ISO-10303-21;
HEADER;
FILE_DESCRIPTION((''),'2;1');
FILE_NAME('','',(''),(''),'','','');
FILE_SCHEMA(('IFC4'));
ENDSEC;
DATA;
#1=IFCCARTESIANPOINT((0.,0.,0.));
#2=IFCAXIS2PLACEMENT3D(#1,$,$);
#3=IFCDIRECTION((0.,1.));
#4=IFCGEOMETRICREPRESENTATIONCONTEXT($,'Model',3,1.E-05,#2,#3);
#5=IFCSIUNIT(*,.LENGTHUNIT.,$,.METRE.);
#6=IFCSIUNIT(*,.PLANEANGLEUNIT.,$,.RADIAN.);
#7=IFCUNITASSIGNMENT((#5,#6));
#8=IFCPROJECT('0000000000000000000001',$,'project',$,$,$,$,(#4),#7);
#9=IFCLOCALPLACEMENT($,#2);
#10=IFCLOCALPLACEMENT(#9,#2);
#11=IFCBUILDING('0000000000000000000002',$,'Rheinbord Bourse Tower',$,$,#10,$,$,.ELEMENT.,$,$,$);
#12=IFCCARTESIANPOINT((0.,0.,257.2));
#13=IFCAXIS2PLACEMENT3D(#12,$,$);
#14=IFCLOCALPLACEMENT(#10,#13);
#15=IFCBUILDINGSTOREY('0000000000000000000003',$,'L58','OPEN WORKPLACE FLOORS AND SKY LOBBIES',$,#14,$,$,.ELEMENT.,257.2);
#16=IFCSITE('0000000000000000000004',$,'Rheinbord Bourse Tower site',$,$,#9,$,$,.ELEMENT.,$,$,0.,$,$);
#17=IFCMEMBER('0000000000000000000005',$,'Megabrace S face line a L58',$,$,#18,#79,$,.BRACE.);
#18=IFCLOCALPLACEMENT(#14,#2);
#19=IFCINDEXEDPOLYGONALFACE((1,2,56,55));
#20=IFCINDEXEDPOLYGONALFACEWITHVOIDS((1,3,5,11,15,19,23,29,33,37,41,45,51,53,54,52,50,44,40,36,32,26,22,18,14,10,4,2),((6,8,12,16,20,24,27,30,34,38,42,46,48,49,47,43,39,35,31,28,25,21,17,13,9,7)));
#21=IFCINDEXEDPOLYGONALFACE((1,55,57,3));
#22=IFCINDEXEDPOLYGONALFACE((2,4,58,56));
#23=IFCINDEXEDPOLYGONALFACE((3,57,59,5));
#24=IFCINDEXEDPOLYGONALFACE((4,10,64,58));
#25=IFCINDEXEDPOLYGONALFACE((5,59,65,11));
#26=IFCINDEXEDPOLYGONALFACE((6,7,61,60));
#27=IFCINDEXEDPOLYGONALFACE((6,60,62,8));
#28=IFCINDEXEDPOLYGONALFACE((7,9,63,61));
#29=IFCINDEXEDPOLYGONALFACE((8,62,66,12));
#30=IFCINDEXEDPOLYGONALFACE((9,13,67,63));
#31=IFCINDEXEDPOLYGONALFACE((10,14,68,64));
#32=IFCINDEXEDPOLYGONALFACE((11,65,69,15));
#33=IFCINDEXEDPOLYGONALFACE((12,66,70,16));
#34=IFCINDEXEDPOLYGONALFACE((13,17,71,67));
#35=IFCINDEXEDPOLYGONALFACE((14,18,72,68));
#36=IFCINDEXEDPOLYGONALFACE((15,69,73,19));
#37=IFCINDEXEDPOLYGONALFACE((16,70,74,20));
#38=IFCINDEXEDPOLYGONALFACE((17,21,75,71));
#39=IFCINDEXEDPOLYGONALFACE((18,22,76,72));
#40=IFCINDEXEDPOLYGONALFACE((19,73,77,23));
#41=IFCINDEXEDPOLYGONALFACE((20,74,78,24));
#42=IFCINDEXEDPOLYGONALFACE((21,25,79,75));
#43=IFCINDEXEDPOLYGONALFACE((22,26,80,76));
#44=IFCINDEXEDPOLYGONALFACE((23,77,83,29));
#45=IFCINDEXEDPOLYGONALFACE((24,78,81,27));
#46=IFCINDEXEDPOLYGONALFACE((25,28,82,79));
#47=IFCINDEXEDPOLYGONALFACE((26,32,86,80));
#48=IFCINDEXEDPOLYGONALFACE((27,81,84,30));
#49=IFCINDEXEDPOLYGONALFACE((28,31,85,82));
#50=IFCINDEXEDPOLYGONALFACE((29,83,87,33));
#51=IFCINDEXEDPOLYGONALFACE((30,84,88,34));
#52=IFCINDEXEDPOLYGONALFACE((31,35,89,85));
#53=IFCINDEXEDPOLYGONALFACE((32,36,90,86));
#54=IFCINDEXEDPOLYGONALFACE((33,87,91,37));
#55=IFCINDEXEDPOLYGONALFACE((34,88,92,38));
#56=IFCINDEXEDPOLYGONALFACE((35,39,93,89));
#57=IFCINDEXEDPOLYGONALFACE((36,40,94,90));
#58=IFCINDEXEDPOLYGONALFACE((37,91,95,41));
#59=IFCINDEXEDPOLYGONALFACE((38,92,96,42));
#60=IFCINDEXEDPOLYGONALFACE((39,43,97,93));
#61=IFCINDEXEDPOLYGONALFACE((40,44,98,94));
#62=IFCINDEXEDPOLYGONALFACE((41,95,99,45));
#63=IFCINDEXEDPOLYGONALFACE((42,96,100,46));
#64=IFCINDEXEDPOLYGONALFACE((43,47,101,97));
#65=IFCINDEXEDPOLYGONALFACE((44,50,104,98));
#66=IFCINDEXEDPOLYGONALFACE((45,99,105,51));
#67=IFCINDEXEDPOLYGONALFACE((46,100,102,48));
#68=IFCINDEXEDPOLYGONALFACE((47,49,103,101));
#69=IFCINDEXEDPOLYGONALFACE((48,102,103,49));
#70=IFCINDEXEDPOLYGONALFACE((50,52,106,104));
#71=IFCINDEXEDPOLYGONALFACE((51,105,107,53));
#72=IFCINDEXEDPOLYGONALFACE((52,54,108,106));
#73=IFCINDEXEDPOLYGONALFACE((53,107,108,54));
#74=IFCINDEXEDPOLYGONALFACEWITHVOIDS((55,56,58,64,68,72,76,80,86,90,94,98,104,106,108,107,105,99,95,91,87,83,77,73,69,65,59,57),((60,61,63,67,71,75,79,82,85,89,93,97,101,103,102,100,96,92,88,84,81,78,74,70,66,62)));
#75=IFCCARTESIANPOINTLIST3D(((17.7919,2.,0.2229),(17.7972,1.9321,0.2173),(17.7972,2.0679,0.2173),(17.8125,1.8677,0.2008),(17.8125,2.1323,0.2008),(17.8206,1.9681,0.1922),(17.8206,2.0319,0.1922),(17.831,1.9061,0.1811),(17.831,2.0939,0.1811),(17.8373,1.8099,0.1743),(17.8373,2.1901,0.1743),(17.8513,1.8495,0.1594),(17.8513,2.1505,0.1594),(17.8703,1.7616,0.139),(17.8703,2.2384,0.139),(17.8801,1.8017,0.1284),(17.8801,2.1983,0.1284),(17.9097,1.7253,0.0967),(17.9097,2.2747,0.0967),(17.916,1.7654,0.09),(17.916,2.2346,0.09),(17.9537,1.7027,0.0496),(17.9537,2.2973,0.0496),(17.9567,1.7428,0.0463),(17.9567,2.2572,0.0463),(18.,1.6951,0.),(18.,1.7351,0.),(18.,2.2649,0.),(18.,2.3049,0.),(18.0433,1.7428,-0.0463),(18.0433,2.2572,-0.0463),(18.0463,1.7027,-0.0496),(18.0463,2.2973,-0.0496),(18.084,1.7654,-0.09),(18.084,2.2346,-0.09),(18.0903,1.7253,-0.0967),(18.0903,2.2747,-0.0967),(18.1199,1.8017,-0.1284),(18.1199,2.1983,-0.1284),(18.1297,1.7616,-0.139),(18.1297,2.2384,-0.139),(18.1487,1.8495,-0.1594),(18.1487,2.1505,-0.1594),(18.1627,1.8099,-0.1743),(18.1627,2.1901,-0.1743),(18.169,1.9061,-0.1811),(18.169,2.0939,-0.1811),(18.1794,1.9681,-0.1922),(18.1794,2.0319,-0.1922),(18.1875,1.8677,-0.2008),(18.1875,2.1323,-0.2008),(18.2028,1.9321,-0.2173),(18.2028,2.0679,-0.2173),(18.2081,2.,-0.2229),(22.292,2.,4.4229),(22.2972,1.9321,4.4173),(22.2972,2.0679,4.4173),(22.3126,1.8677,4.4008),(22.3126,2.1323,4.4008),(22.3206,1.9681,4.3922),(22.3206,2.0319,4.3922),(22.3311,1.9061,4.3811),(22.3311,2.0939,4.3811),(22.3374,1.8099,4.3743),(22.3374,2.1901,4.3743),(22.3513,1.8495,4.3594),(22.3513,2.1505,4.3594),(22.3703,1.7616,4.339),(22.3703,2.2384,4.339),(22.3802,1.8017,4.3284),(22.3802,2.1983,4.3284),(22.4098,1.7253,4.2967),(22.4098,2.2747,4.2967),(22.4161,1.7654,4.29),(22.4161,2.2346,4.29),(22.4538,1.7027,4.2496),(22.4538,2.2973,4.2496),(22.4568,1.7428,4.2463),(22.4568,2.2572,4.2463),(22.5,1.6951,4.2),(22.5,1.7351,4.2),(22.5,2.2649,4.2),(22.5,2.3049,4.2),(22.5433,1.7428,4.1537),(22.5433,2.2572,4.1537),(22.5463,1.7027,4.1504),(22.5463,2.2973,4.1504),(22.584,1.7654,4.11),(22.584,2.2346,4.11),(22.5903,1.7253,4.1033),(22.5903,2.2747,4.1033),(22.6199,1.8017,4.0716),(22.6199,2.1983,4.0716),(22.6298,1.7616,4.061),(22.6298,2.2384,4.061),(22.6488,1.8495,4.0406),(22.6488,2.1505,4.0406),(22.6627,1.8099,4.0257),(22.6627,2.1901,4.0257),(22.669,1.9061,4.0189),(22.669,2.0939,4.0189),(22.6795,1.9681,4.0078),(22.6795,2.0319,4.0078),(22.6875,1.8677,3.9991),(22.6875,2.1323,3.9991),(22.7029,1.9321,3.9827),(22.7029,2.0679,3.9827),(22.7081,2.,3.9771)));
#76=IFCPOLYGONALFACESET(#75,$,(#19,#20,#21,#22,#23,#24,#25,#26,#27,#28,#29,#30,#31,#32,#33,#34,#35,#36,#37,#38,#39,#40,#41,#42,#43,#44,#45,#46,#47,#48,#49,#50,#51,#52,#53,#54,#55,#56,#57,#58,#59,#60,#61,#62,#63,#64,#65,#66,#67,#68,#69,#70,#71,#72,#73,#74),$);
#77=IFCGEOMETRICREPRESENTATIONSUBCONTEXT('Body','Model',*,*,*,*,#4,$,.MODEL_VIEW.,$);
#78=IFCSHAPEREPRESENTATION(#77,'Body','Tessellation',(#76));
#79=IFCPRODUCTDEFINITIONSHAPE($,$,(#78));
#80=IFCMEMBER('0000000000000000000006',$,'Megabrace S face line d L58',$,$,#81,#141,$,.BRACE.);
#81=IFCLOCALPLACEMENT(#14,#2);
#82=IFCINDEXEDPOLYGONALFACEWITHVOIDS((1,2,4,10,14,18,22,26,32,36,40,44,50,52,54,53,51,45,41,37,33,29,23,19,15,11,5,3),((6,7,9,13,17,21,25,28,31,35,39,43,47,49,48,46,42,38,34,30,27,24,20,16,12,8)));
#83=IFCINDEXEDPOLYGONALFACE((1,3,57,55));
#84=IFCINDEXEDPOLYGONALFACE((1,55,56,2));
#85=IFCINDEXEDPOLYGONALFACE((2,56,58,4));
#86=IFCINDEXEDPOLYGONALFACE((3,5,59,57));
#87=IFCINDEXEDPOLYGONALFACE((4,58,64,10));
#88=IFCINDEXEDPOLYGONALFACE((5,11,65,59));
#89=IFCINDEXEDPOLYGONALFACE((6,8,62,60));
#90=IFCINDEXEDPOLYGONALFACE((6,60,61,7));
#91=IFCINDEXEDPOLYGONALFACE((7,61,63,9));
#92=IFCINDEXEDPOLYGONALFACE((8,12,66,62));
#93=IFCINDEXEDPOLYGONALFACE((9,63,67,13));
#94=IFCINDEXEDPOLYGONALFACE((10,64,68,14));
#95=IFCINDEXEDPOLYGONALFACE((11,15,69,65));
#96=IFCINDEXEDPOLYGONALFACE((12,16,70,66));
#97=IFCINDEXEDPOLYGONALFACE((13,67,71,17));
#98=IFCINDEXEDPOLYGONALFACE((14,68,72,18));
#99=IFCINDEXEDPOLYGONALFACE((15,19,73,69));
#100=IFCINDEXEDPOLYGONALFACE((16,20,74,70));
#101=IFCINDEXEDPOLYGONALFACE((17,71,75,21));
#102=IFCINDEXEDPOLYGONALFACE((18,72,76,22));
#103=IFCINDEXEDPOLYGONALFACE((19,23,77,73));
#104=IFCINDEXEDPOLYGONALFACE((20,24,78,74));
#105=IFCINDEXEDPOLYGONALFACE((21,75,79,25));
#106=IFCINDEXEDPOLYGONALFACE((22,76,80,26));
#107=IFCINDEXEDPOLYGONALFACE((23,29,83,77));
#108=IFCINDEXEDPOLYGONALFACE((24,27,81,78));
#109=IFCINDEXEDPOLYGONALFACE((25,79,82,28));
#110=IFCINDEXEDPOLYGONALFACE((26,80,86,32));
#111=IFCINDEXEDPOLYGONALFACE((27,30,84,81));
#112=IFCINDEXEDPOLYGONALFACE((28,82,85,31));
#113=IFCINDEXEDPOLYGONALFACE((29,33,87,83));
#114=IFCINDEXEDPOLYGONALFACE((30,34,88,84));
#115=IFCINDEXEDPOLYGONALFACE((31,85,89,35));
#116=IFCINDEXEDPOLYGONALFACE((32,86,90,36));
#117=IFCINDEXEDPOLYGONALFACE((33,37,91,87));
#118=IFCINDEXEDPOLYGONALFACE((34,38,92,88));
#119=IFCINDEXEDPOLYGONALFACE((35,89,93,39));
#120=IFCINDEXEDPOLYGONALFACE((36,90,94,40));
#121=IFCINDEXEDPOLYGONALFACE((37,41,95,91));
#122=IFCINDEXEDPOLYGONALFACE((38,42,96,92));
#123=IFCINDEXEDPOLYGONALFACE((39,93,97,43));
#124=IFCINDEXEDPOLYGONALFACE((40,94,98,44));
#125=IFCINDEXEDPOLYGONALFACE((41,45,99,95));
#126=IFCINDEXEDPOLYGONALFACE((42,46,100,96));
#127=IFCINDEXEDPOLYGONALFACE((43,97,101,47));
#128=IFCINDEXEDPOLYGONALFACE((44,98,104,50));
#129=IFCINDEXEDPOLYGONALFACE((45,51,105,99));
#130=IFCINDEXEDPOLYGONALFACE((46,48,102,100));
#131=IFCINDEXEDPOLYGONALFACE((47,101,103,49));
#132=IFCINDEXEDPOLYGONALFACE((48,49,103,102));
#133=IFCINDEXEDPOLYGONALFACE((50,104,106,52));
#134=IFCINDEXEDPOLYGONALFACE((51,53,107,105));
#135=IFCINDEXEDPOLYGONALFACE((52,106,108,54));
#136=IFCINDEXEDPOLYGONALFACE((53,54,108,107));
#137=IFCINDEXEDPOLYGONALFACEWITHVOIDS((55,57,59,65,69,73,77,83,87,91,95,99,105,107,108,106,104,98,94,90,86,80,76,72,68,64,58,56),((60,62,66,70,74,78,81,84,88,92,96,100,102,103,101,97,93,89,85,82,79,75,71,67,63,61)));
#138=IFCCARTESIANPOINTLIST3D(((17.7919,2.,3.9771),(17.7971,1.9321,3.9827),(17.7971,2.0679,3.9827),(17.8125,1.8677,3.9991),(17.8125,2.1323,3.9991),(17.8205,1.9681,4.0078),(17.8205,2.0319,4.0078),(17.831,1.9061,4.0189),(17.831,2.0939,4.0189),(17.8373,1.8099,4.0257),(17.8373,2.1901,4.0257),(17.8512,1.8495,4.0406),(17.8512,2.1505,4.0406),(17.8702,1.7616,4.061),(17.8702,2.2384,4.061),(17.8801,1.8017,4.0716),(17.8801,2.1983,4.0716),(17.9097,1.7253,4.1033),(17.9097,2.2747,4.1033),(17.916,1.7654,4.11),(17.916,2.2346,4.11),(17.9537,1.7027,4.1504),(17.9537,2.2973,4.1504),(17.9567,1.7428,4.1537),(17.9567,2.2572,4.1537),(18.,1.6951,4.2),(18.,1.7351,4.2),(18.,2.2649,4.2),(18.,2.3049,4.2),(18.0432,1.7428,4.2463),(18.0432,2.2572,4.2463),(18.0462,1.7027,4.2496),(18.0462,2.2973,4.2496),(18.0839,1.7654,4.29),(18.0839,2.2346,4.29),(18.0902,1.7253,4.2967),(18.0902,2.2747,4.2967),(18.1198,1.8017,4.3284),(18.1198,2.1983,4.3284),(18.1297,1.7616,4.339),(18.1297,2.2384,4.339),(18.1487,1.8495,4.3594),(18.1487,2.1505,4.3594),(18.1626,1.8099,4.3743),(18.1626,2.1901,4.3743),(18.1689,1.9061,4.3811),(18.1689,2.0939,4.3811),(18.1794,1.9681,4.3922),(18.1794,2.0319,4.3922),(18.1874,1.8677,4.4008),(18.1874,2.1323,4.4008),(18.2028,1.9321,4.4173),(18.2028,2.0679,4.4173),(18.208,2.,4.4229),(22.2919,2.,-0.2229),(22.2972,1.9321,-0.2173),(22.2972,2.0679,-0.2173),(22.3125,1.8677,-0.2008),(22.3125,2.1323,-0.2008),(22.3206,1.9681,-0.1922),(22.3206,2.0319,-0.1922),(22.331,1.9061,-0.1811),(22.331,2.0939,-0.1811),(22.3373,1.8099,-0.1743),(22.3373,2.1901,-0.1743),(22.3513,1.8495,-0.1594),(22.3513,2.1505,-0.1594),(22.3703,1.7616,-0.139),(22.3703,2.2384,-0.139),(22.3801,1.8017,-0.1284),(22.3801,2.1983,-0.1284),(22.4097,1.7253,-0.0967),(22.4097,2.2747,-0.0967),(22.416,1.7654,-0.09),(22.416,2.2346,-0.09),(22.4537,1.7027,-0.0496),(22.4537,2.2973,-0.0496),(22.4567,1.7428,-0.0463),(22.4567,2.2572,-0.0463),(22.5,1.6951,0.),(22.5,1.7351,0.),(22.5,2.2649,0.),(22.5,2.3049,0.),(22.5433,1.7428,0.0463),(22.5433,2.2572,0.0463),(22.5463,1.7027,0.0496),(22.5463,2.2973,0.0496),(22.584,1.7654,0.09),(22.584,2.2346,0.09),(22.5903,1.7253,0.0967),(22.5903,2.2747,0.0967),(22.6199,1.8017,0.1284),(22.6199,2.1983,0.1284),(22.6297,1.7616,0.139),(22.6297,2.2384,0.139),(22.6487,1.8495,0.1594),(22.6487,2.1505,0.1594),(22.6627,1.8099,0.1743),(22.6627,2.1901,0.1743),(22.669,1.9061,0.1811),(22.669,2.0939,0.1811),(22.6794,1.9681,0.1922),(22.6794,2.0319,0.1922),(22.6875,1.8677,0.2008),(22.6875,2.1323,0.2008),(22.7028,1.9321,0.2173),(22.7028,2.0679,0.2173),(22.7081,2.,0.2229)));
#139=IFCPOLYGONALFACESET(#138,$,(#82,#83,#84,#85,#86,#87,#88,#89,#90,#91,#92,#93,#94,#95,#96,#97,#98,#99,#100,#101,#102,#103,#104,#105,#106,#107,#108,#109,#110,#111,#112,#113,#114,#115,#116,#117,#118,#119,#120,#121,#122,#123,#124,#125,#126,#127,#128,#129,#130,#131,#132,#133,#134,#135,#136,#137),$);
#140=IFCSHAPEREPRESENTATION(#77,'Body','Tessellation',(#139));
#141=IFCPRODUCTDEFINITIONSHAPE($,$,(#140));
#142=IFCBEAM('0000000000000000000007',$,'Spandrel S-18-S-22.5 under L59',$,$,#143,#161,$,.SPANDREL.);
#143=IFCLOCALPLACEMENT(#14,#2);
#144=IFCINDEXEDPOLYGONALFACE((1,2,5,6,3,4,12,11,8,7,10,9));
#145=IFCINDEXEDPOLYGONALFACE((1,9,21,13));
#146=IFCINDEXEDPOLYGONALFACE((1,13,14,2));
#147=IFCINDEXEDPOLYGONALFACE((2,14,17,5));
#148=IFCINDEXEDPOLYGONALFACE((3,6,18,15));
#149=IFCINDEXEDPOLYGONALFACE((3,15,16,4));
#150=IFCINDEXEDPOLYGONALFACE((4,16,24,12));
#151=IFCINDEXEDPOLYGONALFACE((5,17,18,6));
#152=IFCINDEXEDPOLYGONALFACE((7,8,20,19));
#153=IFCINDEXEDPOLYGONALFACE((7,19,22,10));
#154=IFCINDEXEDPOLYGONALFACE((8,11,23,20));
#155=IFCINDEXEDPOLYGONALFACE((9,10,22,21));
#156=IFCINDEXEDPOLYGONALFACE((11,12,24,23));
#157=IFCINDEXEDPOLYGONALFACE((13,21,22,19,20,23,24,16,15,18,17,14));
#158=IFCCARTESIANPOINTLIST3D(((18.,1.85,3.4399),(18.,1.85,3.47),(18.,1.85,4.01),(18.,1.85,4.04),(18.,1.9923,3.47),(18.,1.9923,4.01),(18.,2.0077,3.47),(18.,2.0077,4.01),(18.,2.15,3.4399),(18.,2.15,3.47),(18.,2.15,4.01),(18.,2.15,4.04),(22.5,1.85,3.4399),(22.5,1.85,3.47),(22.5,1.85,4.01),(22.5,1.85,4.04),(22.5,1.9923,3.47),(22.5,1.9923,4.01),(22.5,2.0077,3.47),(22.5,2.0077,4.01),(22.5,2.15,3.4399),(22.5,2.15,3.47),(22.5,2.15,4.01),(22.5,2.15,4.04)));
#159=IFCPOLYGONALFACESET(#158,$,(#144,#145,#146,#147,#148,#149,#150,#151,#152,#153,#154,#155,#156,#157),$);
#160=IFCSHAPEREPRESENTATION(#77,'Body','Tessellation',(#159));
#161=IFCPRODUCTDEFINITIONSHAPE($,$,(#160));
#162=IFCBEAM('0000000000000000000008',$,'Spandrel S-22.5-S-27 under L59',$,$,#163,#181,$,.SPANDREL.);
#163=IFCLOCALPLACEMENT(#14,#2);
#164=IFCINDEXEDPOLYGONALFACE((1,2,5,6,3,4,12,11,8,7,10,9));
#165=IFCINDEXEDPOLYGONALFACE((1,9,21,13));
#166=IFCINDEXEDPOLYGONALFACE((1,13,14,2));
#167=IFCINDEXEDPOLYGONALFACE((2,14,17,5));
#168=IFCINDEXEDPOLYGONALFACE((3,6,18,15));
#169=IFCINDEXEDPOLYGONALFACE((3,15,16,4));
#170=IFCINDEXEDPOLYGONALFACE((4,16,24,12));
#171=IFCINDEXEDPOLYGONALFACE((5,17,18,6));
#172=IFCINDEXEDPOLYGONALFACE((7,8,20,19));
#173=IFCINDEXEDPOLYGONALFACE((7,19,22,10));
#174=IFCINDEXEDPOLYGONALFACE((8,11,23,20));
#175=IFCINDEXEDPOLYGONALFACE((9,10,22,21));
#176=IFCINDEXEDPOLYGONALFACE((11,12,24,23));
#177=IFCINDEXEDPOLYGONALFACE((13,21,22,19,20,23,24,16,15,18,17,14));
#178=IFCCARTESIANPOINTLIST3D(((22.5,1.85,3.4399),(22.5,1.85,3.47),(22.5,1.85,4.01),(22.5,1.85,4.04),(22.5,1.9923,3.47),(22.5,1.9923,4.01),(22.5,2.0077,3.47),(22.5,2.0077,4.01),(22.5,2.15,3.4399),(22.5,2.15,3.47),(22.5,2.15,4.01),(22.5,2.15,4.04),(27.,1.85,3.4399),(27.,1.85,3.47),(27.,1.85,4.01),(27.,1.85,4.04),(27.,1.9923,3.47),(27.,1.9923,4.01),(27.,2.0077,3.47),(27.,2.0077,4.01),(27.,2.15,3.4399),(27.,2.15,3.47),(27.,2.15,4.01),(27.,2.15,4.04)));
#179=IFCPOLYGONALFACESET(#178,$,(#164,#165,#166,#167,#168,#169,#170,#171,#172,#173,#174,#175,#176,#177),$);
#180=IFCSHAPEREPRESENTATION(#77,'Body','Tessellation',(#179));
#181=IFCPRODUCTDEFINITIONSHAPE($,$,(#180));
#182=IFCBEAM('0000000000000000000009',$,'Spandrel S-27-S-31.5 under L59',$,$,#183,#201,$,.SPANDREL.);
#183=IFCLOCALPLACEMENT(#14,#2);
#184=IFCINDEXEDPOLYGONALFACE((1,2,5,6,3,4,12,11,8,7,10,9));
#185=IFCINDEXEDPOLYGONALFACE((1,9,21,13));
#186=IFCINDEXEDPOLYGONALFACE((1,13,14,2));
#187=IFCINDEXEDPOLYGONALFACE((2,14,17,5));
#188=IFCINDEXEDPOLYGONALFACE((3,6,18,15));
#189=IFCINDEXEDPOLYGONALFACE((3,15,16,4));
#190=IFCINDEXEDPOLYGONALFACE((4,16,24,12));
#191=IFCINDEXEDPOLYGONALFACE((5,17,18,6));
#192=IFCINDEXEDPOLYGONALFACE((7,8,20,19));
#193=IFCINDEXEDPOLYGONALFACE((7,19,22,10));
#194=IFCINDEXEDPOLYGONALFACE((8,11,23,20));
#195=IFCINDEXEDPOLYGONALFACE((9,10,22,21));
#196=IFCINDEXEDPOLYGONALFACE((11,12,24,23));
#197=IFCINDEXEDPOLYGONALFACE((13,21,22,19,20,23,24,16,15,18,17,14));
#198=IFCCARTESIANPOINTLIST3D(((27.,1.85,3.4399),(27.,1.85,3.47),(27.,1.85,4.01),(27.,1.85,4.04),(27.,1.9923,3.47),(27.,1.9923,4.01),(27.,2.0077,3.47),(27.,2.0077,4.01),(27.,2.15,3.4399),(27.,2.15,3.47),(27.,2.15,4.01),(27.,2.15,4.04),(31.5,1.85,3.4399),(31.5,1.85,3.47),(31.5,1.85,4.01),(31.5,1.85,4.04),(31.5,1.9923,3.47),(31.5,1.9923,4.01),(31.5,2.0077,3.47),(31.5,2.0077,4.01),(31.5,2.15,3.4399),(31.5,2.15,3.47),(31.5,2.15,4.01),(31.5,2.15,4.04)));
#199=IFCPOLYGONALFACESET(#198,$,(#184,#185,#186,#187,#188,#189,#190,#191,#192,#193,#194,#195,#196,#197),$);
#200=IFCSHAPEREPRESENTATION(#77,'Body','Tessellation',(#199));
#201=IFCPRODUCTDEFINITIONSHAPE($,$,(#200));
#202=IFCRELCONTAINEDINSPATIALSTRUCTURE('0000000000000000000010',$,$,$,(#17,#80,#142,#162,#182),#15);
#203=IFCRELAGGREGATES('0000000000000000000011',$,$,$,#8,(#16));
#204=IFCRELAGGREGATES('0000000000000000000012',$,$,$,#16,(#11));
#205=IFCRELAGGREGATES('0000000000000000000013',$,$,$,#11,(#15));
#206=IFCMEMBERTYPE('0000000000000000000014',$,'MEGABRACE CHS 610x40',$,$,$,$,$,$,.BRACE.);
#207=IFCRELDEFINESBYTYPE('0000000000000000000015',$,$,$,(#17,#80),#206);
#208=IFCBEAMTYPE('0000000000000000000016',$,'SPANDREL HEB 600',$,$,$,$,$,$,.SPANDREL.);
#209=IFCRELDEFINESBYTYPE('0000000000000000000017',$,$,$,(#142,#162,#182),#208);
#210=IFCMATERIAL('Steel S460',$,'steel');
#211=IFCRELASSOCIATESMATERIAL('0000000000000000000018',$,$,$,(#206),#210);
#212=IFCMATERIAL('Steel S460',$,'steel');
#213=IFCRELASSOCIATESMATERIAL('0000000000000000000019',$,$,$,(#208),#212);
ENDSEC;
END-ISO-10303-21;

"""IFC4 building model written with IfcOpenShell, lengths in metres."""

from ifc_helpers import new_model, si_unit, direction, frame, origin, origin_2d, place, context, subcontext, project, spatial, hollow_circle, i_section, extrude, material, material_profile, profile_set, type_object, element, save


model = new_model("IFC4")

# Units and contexts
model_context = context("Model", 3, precision=1e-05, world=origin(), true_north=direction((0.0, 1.0)))
body_context = subcontext(model_context, "Body", "Model", "MODEL_VIEW")
ifc_project = project(units=[si_unit("LENGTHUNIT", "METRE"), si_unit("PLANEANGLEUNIT", "RADIAN")], contexts=[model_context])

# Site, building, storey
site_placement = place(None, origin())
site = spatial("IfcSite", under=ifc_project, at=site_placement, Name="Rheinbord Bourse Tower site", CompositionType="ELEMENT", RefElevation=0.0)
building_placement = place(site_placement, origin())
building = spatial("IfcBuilding", under=site, at=building_placement, Name="Rheinbord Bourse Tower", CompositionType="ELEMENT")
storey_placement = place(building_placement, frame((0.0, 0.0, 257.2)))
storey = spatial("IfcBuildingStorey", under=building, at=storey_placement, Name="L58", Description="OPEN WORKPLACE FLOORS AND SKY LOBBIES", CompositionType="ELEMENT", Elevation=257.2)

# Members
ifc_material_1 = material(Name="Steel S460", Category="steel")
ifc_material_profile_1 = material_profile(ifc_material_1, hollow_circle(Radius=0.3049, WallThickness=0.04, at=origin_2d()), Name="CHS 610x40")
ifc_profile_set_1 = profile_set([ifc_material_profile_1], Name="Steel S460")
member_type_1 = type_object("IfcMemberType", Name="MEGABRACE CHS 610x40", PredefinedType="BRACE", material=ifc_profile_set_1)
for number, where, z_axis, x_axis, name in (
    (1, (18.0, 2.0, 0.0), (0.731059, 0.0, 0.682314), (0.0, 1.0, 0.0), "Megabrace S face line a L58"),
    (2, (22.5, 2.0, 0.0), (-0.731059, 0.0, 0.682314), (0.0, -1.0, 0.0), "Megabrace S face line d L58"),
):
    element("IfcMember", number, at=place(storey_placement, frame(where, z_axis=z_axis, x_axis=x_axis)), inside=storey, type_object=member_type_1, Name=name, PredefinedType="BRACE", context=body_context, shape_type="SweptSolid", body=[
        extrude(hollow_circle(Radius=0.3049, WallThickness=0.04, at=origin_2d()), origin(), (0.0, 0.0, 1.0), 6.1555),
    ])

# Beams
ifc_material_2 = material(Name="Steel S460", Category="steel")
ifc_material_profile_2 = material_profile(ifc_material_2, i_section(OverallWidth=0.3, OverallDepth=0.6001, WebThickness=0.0154, FlangeThickness=0.03, at=origin_2d()), Name="HEB 600")
ifc_profile_set_2 = profile_set([ifc_material_profile_2], Name="Steel S460")
beam_type_1 = type_object("IfcBeamType", Name="SPANDREL HEB 600", PredefinedType="SPANDREL", material=ifc_profile_set_2)
for number, where, z_axis, x_axis, name in (
    (3, (18.0, 2.0, 3.74), (1.0, 0.0, 0.0), (0.0, 1.0, 0.0), "Spandrel S-18-S-22.5 under L59"),
    (4, (22.5, 2.0, 3.74), (1.0, 0.0, 0.0), (0.0, 1.0, 0.0), "Spandrel S-22.5-S-27 under L59"),
    (5, (27.0, 2.0, 3.74), (1.0, 0.0, 0.0), (0.0, 1.0, 0.0), "Spandrel S-27-S-31.5 under L59"),
):
    element("IfcBeam", number, at=place(storey_placement, frame(where, z_axis=z_axis, x_axis=x_axis)), inside=storey, type_object=beam_type_1, Name=name, PredefinedType="SPANDREL", context=body_context, shape_type="SweptSolid", body=[
        extrude(i_section(OverallWidth=0.3, OverallDepth=0.6001, WebThickness=0.0154, FlangeThickness=0.03, at=origin_2d()), origin(), (0.0, 0.0, 1.0), 4.5),
    ])

save(model, "model.ifc")
